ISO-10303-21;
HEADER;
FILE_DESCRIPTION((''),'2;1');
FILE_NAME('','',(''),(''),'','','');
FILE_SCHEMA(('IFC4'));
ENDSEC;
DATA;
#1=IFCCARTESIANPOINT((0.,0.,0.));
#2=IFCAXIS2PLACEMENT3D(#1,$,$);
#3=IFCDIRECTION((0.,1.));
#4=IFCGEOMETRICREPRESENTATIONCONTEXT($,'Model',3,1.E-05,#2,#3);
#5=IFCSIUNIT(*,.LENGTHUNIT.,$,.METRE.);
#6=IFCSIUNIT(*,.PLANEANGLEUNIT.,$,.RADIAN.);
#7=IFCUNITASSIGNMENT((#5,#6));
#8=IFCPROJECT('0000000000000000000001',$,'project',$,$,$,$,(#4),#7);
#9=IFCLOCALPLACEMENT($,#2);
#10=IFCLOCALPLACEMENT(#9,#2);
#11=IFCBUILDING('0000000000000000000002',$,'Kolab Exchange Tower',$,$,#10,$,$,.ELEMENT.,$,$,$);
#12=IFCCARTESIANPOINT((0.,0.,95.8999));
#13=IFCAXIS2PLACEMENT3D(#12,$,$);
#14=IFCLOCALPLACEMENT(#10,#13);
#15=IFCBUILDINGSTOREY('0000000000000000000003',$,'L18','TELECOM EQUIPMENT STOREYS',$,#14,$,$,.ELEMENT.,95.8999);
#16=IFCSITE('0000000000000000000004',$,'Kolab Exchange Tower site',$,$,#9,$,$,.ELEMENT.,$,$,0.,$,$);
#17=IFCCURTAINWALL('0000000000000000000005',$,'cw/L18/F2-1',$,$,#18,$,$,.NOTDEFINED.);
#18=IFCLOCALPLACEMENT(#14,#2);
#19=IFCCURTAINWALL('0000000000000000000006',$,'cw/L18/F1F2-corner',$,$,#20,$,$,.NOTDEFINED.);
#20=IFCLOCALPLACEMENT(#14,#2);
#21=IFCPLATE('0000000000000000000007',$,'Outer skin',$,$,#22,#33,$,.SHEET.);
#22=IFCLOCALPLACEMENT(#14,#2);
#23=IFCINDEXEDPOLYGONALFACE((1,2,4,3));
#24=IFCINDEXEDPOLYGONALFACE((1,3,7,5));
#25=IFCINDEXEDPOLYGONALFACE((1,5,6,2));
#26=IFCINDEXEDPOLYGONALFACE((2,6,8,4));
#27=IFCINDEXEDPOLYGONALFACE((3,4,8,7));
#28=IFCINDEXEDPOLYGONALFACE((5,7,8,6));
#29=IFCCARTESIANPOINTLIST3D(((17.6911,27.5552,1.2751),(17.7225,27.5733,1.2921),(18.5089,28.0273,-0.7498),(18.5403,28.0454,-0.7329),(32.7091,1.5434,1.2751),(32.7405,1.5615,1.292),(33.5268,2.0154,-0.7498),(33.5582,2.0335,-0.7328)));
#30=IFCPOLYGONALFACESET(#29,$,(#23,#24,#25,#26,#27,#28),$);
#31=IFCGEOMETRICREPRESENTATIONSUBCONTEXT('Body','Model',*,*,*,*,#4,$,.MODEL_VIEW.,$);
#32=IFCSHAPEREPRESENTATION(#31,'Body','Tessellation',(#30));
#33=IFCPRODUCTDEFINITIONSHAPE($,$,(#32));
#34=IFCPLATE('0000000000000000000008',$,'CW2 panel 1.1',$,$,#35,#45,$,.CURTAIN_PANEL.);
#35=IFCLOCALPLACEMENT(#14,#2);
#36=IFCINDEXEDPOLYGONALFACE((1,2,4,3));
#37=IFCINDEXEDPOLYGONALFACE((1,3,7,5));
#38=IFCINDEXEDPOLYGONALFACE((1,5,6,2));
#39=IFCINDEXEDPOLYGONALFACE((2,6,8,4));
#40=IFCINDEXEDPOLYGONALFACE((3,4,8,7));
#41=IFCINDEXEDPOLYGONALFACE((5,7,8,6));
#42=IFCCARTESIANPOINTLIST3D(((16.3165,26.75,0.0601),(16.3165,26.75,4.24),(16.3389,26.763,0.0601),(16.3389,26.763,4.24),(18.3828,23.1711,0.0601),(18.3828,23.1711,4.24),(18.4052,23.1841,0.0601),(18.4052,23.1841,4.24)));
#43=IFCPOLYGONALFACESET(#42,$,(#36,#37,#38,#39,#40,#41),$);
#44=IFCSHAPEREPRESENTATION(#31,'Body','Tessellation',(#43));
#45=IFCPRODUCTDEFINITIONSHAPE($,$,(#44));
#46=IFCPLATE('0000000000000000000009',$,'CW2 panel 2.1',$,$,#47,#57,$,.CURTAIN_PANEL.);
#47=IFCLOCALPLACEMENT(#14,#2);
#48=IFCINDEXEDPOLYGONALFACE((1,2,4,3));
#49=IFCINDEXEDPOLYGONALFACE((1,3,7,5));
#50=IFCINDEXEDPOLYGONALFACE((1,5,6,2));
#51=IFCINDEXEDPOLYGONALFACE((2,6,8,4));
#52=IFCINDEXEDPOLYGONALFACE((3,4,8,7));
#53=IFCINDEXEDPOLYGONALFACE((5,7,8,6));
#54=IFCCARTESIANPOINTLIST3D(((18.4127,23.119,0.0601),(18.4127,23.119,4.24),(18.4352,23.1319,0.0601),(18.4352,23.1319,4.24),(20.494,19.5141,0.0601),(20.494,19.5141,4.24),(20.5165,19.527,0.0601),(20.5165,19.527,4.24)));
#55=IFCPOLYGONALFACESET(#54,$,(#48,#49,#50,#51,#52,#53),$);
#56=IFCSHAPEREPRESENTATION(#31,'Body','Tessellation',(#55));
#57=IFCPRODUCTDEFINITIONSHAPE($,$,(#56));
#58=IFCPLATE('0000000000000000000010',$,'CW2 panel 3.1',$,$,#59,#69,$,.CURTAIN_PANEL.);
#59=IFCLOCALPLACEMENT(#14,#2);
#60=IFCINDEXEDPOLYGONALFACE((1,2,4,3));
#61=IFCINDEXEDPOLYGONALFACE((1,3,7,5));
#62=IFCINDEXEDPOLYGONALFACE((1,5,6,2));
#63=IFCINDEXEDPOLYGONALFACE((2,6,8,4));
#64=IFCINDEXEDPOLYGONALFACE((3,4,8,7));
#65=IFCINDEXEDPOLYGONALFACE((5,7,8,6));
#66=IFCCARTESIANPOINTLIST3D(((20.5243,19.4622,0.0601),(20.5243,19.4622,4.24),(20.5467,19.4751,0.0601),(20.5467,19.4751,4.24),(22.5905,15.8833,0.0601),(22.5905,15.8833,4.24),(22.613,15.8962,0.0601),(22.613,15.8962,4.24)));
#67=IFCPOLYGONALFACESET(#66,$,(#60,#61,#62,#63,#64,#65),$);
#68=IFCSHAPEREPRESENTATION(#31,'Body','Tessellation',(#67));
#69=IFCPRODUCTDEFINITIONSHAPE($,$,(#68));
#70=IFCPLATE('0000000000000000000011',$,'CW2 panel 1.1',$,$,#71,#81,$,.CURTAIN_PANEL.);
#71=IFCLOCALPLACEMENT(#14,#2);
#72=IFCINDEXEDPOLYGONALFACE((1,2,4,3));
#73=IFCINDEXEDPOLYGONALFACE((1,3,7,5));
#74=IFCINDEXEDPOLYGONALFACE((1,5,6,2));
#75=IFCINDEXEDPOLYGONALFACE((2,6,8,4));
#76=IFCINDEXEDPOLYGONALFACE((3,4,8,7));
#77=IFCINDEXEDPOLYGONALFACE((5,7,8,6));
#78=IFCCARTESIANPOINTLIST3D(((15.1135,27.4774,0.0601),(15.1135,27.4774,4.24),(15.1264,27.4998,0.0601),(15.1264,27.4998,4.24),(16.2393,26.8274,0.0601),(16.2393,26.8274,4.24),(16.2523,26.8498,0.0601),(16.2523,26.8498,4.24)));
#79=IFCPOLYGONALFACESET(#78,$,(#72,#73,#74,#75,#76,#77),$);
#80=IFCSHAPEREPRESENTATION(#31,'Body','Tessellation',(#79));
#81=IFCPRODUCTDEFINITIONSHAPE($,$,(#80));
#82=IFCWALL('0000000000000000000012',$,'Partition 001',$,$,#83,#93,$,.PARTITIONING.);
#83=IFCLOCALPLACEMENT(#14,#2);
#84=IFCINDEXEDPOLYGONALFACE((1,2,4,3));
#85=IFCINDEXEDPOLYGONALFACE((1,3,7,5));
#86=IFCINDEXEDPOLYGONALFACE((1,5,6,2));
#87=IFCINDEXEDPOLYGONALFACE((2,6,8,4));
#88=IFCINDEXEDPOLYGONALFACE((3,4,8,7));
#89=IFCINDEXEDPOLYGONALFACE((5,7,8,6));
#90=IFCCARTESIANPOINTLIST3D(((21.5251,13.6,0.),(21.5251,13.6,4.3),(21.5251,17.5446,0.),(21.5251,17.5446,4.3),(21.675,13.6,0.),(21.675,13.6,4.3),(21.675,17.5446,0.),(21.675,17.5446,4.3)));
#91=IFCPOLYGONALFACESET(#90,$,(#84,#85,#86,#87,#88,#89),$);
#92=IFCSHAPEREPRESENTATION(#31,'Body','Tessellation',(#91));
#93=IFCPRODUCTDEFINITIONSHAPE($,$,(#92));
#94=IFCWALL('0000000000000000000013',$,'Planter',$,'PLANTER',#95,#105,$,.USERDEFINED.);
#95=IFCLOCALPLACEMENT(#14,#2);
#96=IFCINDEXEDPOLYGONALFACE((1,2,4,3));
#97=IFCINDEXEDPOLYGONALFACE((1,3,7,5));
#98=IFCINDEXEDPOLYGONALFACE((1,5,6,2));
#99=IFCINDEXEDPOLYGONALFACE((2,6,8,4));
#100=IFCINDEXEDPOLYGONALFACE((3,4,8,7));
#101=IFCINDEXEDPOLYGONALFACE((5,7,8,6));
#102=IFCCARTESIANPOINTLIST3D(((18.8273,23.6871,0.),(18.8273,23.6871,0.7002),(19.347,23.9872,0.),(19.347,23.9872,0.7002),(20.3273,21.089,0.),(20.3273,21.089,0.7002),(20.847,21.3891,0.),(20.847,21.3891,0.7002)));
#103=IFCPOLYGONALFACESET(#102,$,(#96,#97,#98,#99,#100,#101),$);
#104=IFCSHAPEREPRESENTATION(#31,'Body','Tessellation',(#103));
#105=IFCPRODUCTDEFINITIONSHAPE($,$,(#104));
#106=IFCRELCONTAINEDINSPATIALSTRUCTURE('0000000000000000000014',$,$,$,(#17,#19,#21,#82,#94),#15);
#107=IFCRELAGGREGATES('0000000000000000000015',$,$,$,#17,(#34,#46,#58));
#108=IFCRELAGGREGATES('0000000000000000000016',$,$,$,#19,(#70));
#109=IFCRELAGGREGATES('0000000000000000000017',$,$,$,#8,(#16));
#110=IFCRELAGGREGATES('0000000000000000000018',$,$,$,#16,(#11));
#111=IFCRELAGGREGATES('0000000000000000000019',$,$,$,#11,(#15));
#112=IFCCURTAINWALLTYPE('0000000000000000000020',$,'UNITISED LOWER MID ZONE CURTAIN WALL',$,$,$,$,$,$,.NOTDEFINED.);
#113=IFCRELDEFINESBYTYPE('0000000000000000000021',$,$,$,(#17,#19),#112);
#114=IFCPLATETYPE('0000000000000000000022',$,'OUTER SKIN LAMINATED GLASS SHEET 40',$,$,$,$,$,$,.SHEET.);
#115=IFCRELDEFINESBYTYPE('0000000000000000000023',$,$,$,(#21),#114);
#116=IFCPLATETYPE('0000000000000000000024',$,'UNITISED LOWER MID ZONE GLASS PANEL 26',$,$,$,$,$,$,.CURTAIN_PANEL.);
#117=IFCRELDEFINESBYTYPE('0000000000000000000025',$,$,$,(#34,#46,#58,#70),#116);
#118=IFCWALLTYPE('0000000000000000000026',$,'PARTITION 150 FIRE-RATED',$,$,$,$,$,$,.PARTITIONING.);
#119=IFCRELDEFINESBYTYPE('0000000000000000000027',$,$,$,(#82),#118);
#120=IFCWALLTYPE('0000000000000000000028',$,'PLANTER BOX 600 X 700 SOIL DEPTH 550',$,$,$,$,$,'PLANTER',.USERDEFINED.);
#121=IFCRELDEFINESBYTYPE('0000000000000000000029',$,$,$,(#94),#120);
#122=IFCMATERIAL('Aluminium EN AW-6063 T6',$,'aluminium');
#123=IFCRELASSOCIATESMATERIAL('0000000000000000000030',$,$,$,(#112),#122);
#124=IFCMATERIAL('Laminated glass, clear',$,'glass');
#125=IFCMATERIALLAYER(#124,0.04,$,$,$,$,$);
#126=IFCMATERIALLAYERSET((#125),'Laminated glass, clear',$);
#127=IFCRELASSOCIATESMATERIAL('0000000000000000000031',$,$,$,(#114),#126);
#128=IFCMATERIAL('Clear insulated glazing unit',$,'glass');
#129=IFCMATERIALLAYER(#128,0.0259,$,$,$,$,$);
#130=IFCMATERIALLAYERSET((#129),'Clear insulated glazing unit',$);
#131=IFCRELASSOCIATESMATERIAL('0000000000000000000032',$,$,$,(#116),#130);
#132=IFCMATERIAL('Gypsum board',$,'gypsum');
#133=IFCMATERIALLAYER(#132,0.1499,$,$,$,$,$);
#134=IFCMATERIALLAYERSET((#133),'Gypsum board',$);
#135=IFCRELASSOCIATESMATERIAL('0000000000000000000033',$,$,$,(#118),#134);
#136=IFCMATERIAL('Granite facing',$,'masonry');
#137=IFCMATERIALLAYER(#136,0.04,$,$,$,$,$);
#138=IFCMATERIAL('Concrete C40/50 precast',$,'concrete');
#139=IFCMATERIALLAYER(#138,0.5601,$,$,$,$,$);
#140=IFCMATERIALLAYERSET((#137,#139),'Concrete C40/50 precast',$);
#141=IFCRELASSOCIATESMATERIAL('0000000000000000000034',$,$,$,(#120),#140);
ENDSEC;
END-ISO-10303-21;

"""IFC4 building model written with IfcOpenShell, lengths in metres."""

from ifc_helpers import new_model, si_unit, direction, frame, frame_2d, origin, origin_2d, place, context, subcontext, project, spatial, polyline, rectangle, outline, extrude, material, layer, layer_set, type_object, element, aggregate, save


model = new_model("IFC4")

# Units and contexts
model_context = context("Model", 3, precision=1e-05, world=origin(), true_north=direction((0.0, 1.0)))
body_context = subcontext(model_context, "Body", "Model", "MODEL_VIEW")
ifc_project = project(units=[si_unit("LENGTHUNIT", "METRE"), si_unit("PLANEANGLEUNIT", "RADIAN")], contexts=[model_context])

# Site, building, storey
site_placement = place(None, origin())
site = spatial("IfcSite", under=ifc_project, at=site_placement, Name="Kolab Exchange Tower site", CompositionType="ELEMENT", RefElevation=0.0)
building_placement = place(site_placement, origin())
building = spatial("IfcBuilding", under=site, at=building_placement, Name="Kolab Exchange Tower", CompositionType="ELEMENT")
storey_placement = place(building_placement, frame((0.0, 0.0, 95.8999)))
storey = spatial("IfcBuildingStorey", under=building, at=storey_placement, Name="L18", Description="TELECOM EQUIPMENT STOREYS", CompositionType="ELEMENT", Elevation=95.8999)

# Shared definitions
ifc_material_1 = material(Name="Aluminium EN AW-6063 T6", Category="aluminium")
curtain_wall_type = type_object("IfcCurtainWallType", Name="UNITISED LOWER MID ZONE CURTAIN WALL", PredefinedType="NOTDEFINED", material=ifc_material_1)

# Curtain wall
curtain_wall_1_placement = place(storey_placement, origin())
curtain_wall_1 = element("IfcCurtainWall", 1, at=curtain_wall_1_placement, inside=storey, type_object=curtain_wall_type, Name="cw/L18/F2-1", PredefinedType="NOTDEFINED")

# Curtain wall
curtain_wall_2_placement = place(storey_placement, origin())
curtain_wall_2 = element("IfcCurtainWall", 2, at=curtain_wall_2_placement, inside=storey, type_object=curtain_wall_type, Name="cw/L18/F1F2-corner", PredefinedType="NOTDEFINED")

# Plates
ifc_material_2 = material(Name="Laminated glass, clear", Category="glass")
ifc_layer_1 = layer(ifc_material_2, 0.04)
ifc_layer_set_1 = layer_set([ifc_layer_1], Name="Laminated glass, clear")
plate_type_1 = type_object("IfcPlateType", Name="OUTER SKIN LAMINATED GLASS SHEET 40", PredefinedType="SHEET", material=ifc_layer_set_1)
plate_1_placement = place(storey_placement, frame((18.5403, 28.0454, -0.7329), z_axis=(0.784887, 0.453155, 0.422613), x_axis=(0.499999, -0.866026, 0.000002)))
element("IfcPlate", 3, at=plate_1_placement, inside=storey, type_object=plate_type_1, Name="Outer skin", PredefinedType="SHEET", context=body_context, shape_type="SweptSolid", body=[
    extrude(outline(polyline([(0.0, 0.0), (30.0359, 0.0), (30.0358, -2.2342), (0.0, -2.2343), (0.0, 0.0)])), origin(), (0.0, 0.0, -1.0), 0.04),
])
ifc_material_3 = material(Name="Clear insulated glazing unit", Category="glass")
ifc_layer_2 = layer(ifc_material_3, 0.0259)
ifc_layer_set_2 = layer_set([ifc_layer_2], Name="Clear insulated glazing unit")
plate_type_2 = type_object("IfcPlateType", Name="UNITISED LOWER MID ZONE GLASS PANEL 26", PredefinedType="CURTAIN_PANEL", material=ifc_layer_set_2)
plate_2_placement = place(storey_placement, frame((17.3608, 24.967, 0.0601), z_axis=(0.0, 0.0, 1.0), x_axis=(0.5, -0.866025, 0.0)))
plate_2 = element("IfcPlate", 4, at=plate_2_placement, type_object=plate_type_2, Name="CW2 panel 1.1", PredefinedType="CURTAIN_PANEL", context=body_context, shape_type="SweptSolid", body=[
    extrude(rectangle(XDim=4.1326, YDim=0.0259, at=origin_2d()), origin(), (0.0, 0.0, 1.0), 4.1799),
])
plate_3_placement = place(storey_placement, frame((19.4646, 21.323, 0.0601), z_axis=(0.0, 0.0, 1.0), x_axis=(0.5, -0.866025, 0.0)))
plate_3 = element("IfcPlate", 5, at=plate_3_placement, type_object=plate_type_2, Name="CW2 panel 2.1", PredefinedType="CURTAIN_PANEL", context=body_context, shape_type="SweptSolid", body=[
    extrude(rectangle(XDim=4.1626, YDim=0.0259, at=origin_2d()), origin(), (0.0, 0.0, 1.0), 4.1799),
])
plate_4_placement = place(storey_placement, frame((21.5686, 17.6792, 0.0601), z_axis=(0.0, 0.0, 1.0), x_axis=(0.5, -0.866025, 0.0)))
plate_4 = element("IfcPlate", 6, at=plate_4_placement, type_object=plate_type_2, Name="CW2 panel 3.1", PredefinedType="CURTAIN_PANEL", context=body_context, shape_type="SweptSolid", body=[
    extrude(rectangle(XDim=4.1326, YDim=0.0259, at=origin_2d()), origin(), (0.0, 0.0, 1.0), 4.1799),
])
aggregate(curtain_wall_1, [plate_2, plate_3, plate_4])
plate_5_placement = place(storey_placement, frame((15.6829, 27.1636, 0.0601), z_axis=(0.0, 0.0, 1.0), x_axis=(0.866025, -0.5, 0.0)))
plate_5 = element("IfcPlate", 7, at=plate_5_placement, type_object=plate_type_2, Name="CW2 panel 1.1", PredefinedType="CURTAIN_PANEL", context=body_context, shape_type="SweptSolid", body=[
    extrude(rectangle(XDim=1.3, YDim=0.0259, at=origin_2d()), origin(), (0.0, 0.0, 1.0), 4.1799),
])
aggregate(curtain_wall_2, [plate_5])

# Walls
ifc_material_4 = material(Name="Gypsum board", Category="gypsum")
ifc_layer_3 = layer(ifc_material_4, 0.1499)
ifc_layer_set_3 = layer_set([ifc_layer_3], Name="Gypsum board")
wall_type_1 = type_object("IfcWallType", Name="PARTITION 150 FIRE-RATED", PredefinedType="PARTITIONING", material=ifc_layer_set_3)
wall_1_placement = place(storey_placement, frame((21.6001, 13.6001, 0.0), z_axis=(0.0, 0.0, 1.0), x_axis=(0.0, 1.0, 0.0)))
element("IfcWall", 8, at=wall_1_placement, inside=storey, type_object=wall_type_1, Name="Partition 001", PredefinedType="PARTITIONING", context=body_context, shape_type="SweptSolid", body=[
    extrude(rectangle(XDim=3.9446, YDim=0.1499, at=frame_2d((1.9722, 0.0))), origin(), (0.0, 0.0, 1.0), 4.3),
])
ifc_material_5 = material(Name="Granite facing", Category="masonry")
ifc_layer_4 = layer(ifc_material_5, 0.04)
ifc_material_6 = material(Name="Concrete C40/50 precast", Category="concrete")
ifc_layer_5 = layer(ifc_material_6, 0.5601)
ifc_layer_set_4 = layer_set([ifc_layer_4, ifc_layer_5], Name="Concrete C40/50 precast")
wall_type_2 = type_object("IfcWallType", Name="PLANTER BOX 600 X 700 SOIL DEPTH 550", ElementType="PLANTER", PredefinedType="USERDEFINED", material=ifc_layer_set_4)
wall_2_placement = place(storey_placement, frame((19.0872, 23.8372, 0.0), z_axis=(0.0, 0.0, 1.0), x_axis=(0.49999, -0.866031, 0.0)))
element("IfcWall", 9, at=wall_2_placement, inside=storey, type_object=wall_type_2, Name="Planter", ObjectType="PLANTER", PredefinedType="USERDEFINED", context=body_context, shape_type="SweptSolid", body=[
    extrude(rectangle(XDim=3.0, YDim=0.6001, at=frame_2d((1.5, 0.0))), origin(), (0.0, 0.0, 1.0), 0.7002),
])

save(model, "model.ifc")
